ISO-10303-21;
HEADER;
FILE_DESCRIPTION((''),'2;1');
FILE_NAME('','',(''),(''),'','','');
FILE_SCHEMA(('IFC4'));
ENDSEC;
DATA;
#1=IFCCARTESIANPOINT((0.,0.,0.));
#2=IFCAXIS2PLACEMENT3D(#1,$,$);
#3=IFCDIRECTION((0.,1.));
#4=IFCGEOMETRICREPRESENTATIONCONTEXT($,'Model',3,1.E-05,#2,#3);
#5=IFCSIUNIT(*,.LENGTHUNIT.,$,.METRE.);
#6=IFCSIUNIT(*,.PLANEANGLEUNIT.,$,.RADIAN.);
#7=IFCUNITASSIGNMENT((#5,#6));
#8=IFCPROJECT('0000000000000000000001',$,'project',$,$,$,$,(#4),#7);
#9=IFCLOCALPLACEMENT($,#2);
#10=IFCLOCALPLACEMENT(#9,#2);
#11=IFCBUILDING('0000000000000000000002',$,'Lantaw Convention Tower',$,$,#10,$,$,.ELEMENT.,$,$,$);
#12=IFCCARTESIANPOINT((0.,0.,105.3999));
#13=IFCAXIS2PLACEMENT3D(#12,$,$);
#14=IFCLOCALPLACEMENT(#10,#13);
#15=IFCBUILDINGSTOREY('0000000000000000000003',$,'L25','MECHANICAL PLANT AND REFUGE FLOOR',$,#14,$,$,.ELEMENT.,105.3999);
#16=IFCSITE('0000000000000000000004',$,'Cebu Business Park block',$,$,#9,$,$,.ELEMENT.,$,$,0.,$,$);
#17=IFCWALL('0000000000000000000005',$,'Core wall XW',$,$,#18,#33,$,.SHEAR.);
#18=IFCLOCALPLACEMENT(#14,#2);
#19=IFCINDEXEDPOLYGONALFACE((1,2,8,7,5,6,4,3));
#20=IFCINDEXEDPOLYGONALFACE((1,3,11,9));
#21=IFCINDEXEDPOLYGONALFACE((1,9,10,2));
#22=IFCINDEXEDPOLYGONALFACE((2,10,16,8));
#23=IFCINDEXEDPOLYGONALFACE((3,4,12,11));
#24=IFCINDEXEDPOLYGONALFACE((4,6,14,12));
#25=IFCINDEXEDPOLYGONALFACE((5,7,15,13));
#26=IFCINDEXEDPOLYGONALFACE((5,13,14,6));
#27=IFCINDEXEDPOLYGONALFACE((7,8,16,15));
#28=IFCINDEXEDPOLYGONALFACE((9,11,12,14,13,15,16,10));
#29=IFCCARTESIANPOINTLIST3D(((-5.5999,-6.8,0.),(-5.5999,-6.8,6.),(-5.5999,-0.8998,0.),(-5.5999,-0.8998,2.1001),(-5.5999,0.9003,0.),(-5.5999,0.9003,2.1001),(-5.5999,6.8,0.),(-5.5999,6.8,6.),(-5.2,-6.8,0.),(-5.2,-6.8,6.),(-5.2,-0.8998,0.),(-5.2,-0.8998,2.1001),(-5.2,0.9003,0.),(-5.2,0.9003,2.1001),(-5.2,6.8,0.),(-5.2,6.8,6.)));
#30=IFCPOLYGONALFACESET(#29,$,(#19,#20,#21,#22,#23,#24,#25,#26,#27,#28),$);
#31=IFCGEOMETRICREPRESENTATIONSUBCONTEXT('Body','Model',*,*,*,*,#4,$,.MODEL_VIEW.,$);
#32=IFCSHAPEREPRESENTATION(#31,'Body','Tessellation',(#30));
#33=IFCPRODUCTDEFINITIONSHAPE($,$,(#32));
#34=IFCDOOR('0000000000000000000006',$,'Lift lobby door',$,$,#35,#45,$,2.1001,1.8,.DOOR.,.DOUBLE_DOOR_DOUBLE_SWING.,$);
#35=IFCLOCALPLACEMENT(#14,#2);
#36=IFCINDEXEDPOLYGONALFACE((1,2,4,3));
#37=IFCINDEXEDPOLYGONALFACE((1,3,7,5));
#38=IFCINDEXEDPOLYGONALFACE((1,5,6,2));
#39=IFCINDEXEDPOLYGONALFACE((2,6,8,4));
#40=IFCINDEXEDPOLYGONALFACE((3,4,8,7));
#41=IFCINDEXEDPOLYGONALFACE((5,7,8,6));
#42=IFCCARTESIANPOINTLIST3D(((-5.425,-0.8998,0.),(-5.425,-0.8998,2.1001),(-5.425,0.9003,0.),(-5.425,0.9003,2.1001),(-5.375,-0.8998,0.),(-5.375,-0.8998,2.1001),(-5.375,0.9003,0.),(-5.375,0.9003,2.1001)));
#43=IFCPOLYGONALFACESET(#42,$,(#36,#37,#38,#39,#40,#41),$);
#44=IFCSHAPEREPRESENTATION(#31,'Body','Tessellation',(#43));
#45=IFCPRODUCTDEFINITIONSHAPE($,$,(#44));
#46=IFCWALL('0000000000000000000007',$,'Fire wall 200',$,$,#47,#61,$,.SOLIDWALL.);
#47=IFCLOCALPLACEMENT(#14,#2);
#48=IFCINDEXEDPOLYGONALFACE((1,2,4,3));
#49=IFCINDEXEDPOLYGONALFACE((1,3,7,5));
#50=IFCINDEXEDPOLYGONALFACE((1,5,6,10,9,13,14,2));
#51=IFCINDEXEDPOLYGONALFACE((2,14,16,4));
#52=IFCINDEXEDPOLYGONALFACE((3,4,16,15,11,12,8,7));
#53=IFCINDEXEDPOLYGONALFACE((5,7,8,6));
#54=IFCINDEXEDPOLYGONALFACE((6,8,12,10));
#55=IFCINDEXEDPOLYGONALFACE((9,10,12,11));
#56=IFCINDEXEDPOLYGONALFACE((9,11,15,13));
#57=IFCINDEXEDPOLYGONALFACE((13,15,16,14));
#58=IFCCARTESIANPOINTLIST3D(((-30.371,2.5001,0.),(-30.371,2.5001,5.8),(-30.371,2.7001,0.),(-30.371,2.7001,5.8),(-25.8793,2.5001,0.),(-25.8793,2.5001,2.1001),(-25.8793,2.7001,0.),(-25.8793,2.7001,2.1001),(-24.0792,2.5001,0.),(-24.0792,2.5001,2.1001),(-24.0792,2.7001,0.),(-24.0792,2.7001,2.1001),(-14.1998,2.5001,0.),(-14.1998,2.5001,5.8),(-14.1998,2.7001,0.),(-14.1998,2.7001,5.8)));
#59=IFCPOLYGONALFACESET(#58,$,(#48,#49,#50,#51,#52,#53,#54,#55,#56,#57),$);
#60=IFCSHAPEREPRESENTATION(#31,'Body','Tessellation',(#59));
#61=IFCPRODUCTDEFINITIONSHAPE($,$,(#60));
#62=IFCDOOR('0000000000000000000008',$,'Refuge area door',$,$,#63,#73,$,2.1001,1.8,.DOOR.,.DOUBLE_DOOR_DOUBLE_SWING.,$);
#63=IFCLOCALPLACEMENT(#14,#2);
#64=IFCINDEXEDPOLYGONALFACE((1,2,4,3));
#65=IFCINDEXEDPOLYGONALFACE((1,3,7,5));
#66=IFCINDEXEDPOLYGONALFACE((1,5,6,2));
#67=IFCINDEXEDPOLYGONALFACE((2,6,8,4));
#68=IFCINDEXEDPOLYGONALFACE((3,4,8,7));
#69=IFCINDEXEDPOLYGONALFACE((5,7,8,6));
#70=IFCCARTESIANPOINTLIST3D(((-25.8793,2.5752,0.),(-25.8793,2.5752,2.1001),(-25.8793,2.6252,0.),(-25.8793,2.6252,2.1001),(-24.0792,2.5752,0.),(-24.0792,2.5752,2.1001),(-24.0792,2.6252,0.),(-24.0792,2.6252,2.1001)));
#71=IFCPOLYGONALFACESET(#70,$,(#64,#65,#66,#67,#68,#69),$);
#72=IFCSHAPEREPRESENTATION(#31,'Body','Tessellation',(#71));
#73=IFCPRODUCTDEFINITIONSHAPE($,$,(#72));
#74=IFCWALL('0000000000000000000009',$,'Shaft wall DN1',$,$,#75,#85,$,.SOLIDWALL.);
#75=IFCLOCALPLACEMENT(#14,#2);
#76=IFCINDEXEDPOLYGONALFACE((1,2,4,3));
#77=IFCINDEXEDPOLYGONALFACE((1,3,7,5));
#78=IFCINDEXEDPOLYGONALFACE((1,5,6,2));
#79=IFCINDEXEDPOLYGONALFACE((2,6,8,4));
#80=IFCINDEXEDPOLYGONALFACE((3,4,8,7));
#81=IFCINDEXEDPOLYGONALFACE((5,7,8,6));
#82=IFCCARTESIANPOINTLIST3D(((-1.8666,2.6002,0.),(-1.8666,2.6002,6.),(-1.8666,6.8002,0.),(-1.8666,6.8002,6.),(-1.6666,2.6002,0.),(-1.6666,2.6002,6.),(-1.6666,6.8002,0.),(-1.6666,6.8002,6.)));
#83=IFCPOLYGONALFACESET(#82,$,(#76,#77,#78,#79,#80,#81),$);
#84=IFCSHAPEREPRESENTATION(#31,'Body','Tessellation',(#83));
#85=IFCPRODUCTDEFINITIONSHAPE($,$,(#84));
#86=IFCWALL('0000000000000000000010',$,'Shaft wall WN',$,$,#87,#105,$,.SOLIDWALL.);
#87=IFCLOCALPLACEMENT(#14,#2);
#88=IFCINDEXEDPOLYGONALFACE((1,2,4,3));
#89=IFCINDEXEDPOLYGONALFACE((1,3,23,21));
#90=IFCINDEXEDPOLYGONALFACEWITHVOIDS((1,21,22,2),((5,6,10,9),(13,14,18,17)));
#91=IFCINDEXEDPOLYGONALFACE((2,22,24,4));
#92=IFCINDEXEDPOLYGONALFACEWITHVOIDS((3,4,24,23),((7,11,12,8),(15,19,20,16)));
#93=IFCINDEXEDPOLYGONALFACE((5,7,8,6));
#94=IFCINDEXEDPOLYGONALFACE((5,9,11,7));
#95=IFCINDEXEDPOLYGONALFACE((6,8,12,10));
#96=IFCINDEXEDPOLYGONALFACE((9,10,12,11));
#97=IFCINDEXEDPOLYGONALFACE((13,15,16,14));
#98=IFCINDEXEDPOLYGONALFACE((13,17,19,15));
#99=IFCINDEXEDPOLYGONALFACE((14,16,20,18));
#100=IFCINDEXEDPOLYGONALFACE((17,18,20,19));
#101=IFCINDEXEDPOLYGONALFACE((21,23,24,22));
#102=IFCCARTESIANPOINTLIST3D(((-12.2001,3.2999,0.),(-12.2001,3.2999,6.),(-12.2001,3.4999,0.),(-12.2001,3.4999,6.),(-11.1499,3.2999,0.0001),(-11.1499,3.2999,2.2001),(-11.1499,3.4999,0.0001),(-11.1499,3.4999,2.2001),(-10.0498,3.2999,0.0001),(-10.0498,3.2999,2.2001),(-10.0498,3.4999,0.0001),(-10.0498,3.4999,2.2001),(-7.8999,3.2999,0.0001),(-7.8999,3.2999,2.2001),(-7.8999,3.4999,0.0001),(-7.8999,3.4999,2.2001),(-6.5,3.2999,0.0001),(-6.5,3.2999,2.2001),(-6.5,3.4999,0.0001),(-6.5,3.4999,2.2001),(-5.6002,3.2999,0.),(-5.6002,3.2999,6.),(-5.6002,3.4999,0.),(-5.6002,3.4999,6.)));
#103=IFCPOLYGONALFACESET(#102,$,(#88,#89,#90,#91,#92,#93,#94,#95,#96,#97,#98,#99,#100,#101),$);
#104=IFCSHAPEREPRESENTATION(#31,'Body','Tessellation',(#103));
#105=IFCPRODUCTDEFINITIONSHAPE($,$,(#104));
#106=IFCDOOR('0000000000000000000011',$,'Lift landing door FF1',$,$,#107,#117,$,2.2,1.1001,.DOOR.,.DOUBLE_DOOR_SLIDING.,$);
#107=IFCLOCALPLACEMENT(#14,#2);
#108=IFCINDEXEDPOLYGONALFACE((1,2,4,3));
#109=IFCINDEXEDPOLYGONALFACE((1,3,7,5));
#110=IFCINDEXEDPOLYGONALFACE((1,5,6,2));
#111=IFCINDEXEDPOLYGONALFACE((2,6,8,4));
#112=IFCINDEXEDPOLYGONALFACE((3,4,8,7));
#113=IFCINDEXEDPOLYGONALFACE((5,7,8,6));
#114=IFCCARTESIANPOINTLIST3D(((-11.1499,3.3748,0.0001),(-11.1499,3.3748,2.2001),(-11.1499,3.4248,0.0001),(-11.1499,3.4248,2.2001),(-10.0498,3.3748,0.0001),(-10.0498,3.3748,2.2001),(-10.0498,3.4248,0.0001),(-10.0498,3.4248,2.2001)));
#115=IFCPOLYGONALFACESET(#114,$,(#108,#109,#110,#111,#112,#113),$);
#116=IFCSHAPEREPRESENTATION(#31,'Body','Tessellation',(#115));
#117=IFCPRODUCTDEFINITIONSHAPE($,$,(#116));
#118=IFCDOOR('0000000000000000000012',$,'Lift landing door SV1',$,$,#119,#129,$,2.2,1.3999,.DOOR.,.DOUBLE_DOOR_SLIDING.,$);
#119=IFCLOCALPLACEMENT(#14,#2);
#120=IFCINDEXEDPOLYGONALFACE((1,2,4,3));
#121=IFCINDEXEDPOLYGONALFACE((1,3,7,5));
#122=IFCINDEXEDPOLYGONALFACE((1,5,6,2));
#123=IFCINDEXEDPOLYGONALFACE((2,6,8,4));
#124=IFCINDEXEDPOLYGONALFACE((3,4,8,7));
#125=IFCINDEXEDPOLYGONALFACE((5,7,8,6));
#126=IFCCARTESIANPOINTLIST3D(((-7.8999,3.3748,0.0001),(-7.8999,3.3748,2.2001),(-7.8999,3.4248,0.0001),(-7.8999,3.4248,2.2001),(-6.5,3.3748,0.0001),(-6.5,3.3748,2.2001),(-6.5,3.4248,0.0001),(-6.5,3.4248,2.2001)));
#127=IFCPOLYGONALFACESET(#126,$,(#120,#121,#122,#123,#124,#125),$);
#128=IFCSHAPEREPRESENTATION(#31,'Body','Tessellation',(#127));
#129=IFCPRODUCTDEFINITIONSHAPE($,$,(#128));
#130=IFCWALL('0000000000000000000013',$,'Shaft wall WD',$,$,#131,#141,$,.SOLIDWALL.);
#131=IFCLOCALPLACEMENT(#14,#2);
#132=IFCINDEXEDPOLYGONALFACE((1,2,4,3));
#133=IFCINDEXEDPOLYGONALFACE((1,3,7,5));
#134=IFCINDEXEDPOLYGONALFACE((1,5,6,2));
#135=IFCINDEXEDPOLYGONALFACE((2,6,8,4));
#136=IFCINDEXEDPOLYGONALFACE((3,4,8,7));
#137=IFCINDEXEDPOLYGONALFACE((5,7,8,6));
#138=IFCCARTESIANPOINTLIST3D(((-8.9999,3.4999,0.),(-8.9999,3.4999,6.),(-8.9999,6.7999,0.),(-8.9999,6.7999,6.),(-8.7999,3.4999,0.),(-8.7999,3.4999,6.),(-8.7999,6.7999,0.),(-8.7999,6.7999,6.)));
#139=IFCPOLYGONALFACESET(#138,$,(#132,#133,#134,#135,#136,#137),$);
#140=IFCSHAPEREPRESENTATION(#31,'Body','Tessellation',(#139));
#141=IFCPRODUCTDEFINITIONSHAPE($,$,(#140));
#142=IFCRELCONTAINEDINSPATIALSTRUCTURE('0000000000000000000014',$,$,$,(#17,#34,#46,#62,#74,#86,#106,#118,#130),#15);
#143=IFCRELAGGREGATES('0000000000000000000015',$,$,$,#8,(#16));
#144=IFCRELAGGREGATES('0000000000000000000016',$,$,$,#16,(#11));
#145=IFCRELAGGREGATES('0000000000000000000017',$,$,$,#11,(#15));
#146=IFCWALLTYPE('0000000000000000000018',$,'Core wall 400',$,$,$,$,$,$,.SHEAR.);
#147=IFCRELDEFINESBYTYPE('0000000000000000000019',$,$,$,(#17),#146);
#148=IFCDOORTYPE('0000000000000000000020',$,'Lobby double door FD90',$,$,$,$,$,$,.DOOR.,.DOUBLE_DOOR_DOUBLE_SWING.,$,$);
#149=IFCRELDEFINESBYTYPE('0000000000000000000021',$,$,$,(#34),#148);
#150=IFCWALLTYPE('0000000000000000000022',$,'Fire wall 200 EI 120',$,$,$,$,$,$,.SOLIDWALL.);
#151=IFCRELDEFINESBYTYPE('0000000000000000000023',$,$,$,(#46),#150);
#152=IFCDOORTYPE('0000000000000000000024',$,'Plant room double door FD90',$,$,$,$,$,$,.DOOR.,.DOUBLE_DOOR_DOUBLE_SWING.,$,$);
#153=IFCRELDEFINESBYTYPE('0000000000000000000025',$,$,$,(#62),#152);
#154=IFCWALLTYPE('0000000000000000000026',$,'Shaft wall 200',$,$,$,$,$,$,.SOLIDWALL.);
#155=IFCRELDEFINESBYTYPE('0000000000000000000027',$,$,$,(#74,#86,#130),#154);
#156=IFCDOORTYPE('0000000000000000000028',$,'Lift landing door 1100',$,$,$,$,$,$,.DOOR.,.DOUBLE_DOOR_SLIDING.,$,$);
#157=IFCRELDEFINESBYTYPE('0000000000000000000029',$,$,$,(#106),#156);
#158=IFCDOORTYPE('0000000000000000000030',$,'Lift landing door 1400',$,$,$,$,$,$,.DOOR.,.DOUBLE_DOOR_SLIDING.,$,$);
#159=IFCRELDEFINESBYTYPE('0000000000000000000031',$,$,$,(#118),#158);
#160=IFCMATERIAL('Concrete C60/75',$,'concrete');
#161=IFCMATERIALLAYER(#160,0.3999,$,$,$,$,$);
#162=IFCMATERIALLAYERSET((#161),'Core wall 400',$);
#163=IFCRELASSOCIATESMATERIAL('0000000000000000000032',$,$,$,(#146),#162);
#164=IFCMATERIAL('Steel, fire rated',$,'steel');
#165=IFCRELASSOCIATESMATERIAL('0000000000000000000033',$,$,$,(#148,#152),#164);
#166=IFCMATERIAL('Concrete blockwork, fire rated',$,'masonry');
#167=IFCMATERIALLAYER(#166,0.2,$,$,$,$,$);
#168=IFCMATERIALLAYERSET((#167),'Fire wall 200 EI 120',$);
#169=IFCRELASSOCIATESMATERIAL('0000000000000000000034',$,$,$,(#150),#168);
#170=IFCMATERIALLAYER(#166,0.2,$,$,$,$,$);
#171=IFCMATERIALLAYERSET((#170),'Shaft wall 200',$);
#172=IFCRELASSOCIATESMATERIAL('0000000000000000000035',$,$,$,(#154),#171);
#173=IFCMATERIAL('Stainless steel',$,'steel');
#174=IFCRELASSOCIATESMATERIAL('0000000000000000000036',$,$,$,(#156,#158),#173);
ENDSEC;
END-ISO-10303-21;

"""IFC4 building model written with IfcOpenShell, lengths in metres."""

from ifc_helpers import new_model, si_unit, direction, frame, frame_2d, origin, place, context, subcontext, project, spatial, rectangle, extrude, material, layer, layer_set, type_object, element, fill, save


model = new_model("IFC4")

# Units and contexts
model_context = context("Model", 3, precision=1e-05, world=origin(), true_north=direction((0.0, 1.0)))
body_context = subcontext(model_context, "Body", "Model", "MODEL_VIEW")
ifc_project = project(units=[si_unit("LENGTHUNIT", "METRE"), si_unit("PLANEANGLEUNIT", "RADIAN")], contexts=[model_context])

# Site, building, storey
site_placement = place(None, origin())
site = spatial("IfcSite", under=ifc_project, at=site_placement, Name="Cebu Business Park block", CompositionType="ELEMENT", RefElevation=0.0)
building_placement = place(site_placement, origin())
building = spatial("IfcBuilding", under=site, at=building_placement, Name="Lantaw Convention Tower", CompositionType="ELEMENT")
storey_placement = place(building_placement, frame((0.0, 0.0, 105.3999)))
storey = spatial("IfcBuildingStorey", under=building, at=storey_placement, Name="L25", Description="MECHANICAL PLANT AND REFUGE FLOOR", CompositionType="ELEMENT", Elevation=105.3999)

# Walls, openings, doors
ifc_material_1 = material(Name="Concrete C60/75", Category="concrete")
ifc_layer_1 = layer(ifc_material_1, 0.3999)
ifc_layer_set_1 = layer_set([ifc_layer_1], Name="Core wall 400")
wall_type_1 = type_object("IfcWallType", Name="Core wall 400", PredefinedType="SHEAR", material=ifc_layer_set_1)
wall_1_placement = place(storey_placement, frame((-5.3999, 6.8, 0.0), z_axis=(0.0, 0.0, 1.0), x_axis=(0.0, -1.0, 0.0)))
wall_1 = element("IfcWall", 1, at=wall_1_placement, inside=storey, type_object=wall_type_1, Name="Core wall XW", PredefinedType="SHEAR", context=body_context, shape_type="SweptSolid", body=[
    extrude(rectangle(XDim=13.6001, YDim=0.3999, at=frame_2d((6.8, 0.0))), origin(), (0.0, 0.0, 1.0), 6.0),
])
opening_1_placement = place(wall_1_placement, frame((5.8999, 0.0, 0.0)))
opening_1 = element("IfcOpeningElement", 2, at=opening_1_placement, cuts=wall_1, PredefinedType="OPENING", context=body_context, shape_type="SweptSolid", body=[
    extrude(rectangle(XDim=1.8, YDim=2.1001, at=frame_2d((0.8999, 1.05))), frame((0.0, 0.21, 0.0), z_axis=(0.0, -1.0, 0.0), x_axis=(1.0, 0.0, 0.0)), (0.0, 0.0, 1.0), 0.4199),
])
ifc_material_2 = material(Name="Steel, fire rated", Category="steel")
door_type_1 = type_object("IfcDoorType", Name="Lobby double door FD90", OperationType="DOUBLE_DOOR_DOUBLE_SWING", PredefinedType="DOOR", material=ifc_material_2)
door_1_placement = place(opening_1_placement, origin())
door_1 = element("IfcDoor", 3, at=door_1_placement, inside=storey, type_object=door_type_1, Name="Lift lobby door", OperationType="DOUBLE_DOOR_DOUBLE_SWING", OverallHeight=2.1001, OverallWidth=1.8, PredefinedType="DOOR", context=body_context, shape_type="SweptSolid", body=[
    extrude(rectangle(XDim=1.8, YDim=2.1001, at=frame_2d((0.8999, 1.05))), frame((0.0, 0.0249, 0.0), z_axis=(0.0, -1.0, 0.0), x_axis=(1.0, 0.0, 0.0)), (0.0, 0.0, 1.0), 0.05),
])
fill(opening_1, door_1)
ifc_material_3 = material(Name="Concrete blockwork, fire rated", Category="masonry")
ifc_layer_2 = layer(ifc_material_3, 0.2)
ifc_layer_set_2 = layer_set([ifc_layer_2], Name="Fire wall 200 EI 120")
wall_type_2 = type_object("IfcWallType", Name="Fire wall 200 EI 120", PredefinedType="SOLIDWALL", material=ifc_layer_set_2)
wall_2_placement = place(storey_placement, frame((-14.2, 2.6001, 0.0), z_axis=(0.0, 0.0, 1.0), x_axis=(-1.0, 0.0, 0.0)))
wall_2 = element("IfcWall", 4, at=wall_2_placement, inside=storey, type_object=wall_type_2, Name="Fire wall 200", PredefinedType="SOLIDWALL", context=body_context, shape_type="SweptSolid", body=[
    extrude(rectangle(XDim=16.1711, YDim=0.2, at=frame_2d((8.0854, 0.0))), origin(), (0.0, 0.0, 1.0), 5.8),
])
opening_2_placement = place(wall_2_placement, frame((9.8794, 0.0, 0.0)))
opening_2 = element("IfcOpeningElement", 5, at=opening_2_placement, cuts=wall_2, PredefinedType="OPENING", context=body_context, shape_type="SweptSolid", body=[
    extrude(rectangle(XDim=1.8, YDim=2.1001, at=frame_2d((0.8999, 1.05))), frame((0.0, 0.1099, 0.0), z_axis=(0.0, -1.0, 0.0), x_axis=(1.0, 0.0, 0.0)), (0.0, 0.0, 1.0), 0.22),
])
door_type_2 = type_object("IfcDoorType", Name="Plant room double door FD90", OperationType="DOUBLE_DOOR_DOUBLE_SWING", PredefinedType="DOOR", material=ifc_material_2)
door_2_placement = place(opening_2_placement, origin())
door_2 = element("IfcDoor", 6, at=door_2_placement, inside=storey, type_object=door_type_2, Name="Refuge area door", OperationType="DOUBLE_DOOR_DOUBLE_SWING", OverallHeight=2.1001, OverallWidth=1.8, PredefinedType="DOOR", context=body_context, shape_type="SweptSolid", body=[
    extrude(rectangle(XDim=1.8, YDim=2.1001, at=frame_2d((0.8999, 1.05))), frame((0.0, 0.0249, 0.0), z_axis=(0.0, -1.0, 0.0), x_axis=(1.0, 0.0, 0.0)), (0.0, 0.0, 1.0), 0.05),
])
fill(opening_2, door_2)

# Wall
ifc_layer_3 = layer(ifc_material_3, 0.2)
ifc_layer_set_3 = layer_set([ifc_layer_3], Name="Shaft wall 200")
wall_type_3 = type_object("IfcWallType", Name="Shaft wall 200", PredefinedType="SOLIDWALL", material=ifc_layer_set_3)
wall_3_placement = place(storey_placement, frame((-1.7666, 2.6001, 0.0), z_axis=(0.0, 0.0, 1.0), x_axis=(0.0, 1.0, 0.0)))
element("IfcWall", 7, at=wall_3_placement, inside=storey, type_object=wall_type_3, Name="Shaft wall DN1", PredefinedType="SOLIDWALL", context=body_context, shape_type="SweptSolid", body=[
    extrude(rectangle(XDim=4.2, YDim=0.2, at=frame_2d((2.1001, 0.0))), origin(), (0.0, 0.0, 1.0), 6.0),
])

# Wall, openings, doors
wall_4_placement = place(storey_placement, frame((-12.2, 3.3999, 0.0), z_axis=(0.0, 0.0, 1.0), x_axis=(1.0, 0.0, 0.0)))
wall_4 = element("IfcWall", 8, at=wall_4_placement, inside=storey, type_object=wall_type_3, Name="Shaft wall WN", PredefinedType="SOLIDWALL", context=body_context, shape_type="SweptSolid", body=[
    extrude(rectangle(XDim=6.5999, YDim=0.2, at=frame_2d((3.2998, 0.0))), origin(), (0.0, 0.0, 1.0), 6.0),
])
opening_3_placement = place(wall_4_placement, frame((1.05, 0.0, 0.0)))
opening_3 = element("IfcOpeningElement", 9, at=opening_3_placement, cuts=wall_4, PredefinedType="OPENING", context=body_context, shape_type="SweptSolid", body=[
    extrude(rectangle(XDim=1.1001, YDim=2.2, at=frame_2d((0.55, 1.1001))), frame((0.0, 0.1099, 0.0), z_axis=(0.0, -1.0, 0.0), x_axis=(1.0, 0.0, 0.0)), (0.0, 0.0, 1.0), 0.22),
])
opening_4_placement = place(wall_4_placement, frame((4.3, 0.0, 0.0)))
opening_4 = element("IfcOpeningElement", 10, at=opening_4_placement, cuts=wall_4, PredefinedType="OPENING", context=body_context, shape_type="SweptSolid", body=[
    extrude(rectangle(XDim=1.3999, YDim=2.2, at=frame_2d((0.7, 1.1001))), frame((0.0, 0.1099, 0.0), z_axis=(0.0, -1.0, 0.0), x_axis=(1.0, 0.0, 0.0)), (0.0, 0.0, 1.0), 0.22),
])
ifc_material_4 = material(Name="Stainless steel", Category="steel")
door_type_3 = type_object("IfcDoorType", Name="Lift landing door 1100", OperationType="DOUBLE_DOOR_SLIDING", PredefinedType="DOOR", material=ifc_material_4)
door_3_placement = place(opening_3_placement, origin())
door_3 = element("IfcDoor", 11, at=door_3_placement, inside=storey, type_object=door_type_3, Name="Lift landing door FF1", OperationType="DOUBLE_DOOR_SLIDING", OverallHeight=2.2, OverallWidth=1.1001, PredefinedType="DOOR", context=body_context, shape_type="SweptSolid", body=[
    extrude(rectangle(XDim=1.1001, YDim=2.2, at=frame_2d((0.55, 1.1001))), frame((0.0, 0.0249, 0.0), z_axis=(0.0, -1.0, 0.0), x_axis=(1.0, 0.0, 0.0)), (0.0, 0.0, 1.0), 0.05),
])
fill(opening_3, door_3)
door_type_4 = type_object("IfcDoorType", Name="Lift landing door 1400", OperationType="DOUBLE_DOOR_SLIDING", PredefinedType="DOOR", material=ifc_material_4)
door_4_placement = place(opening_4_placement, origin())
door_4 = element("IfcDoor", 12, at=door_4_placement, inside=storey, type_object=door_type_4, Name="Lift landing door SV1", OperationType="DOUBLE_DOOR_SLIDING", OverallHeight=2.2, OverallWidth=1.3999, PredefinedType="DOOR", context=body_context, shape_type="SweptSolid", body=[
    extrude(rectangle(XDim=1.3999, YDim=2.2, at=frame_2d((0.7, 1.1001))), frame((0.0, 0.0249, 0.0), z_axis=(0.0, -1.0, 0.0), x_axis=(1.0, 0.0, 0.0)), (0.0, 0.0, 1.0), 0.05),
])
fill(opening_4, door_4)

# Wall
wall_5_placement = place(storey_placement, frame((-8.8999, 3.5, 0.0), z_axis=(0.0, 0.0, 1.0), x_axis=(0.0, 1.0, 0.0)))
element("IfcWall", 13, at=wall_5_placement, inside=storey, type_object=wall_type_3, Name="Shaft wall WD", PredefinedType="SOLIDWALL", context=body_context, shape_type="SweptSolid", body=[
    extrude(rectangle(XDim=3.3, YDim=0.2, at=frame_2d((1.6499, 0.0))), origin(), (0.0, 0.0, 1.0), 6.0),
])

save(model, "model.ifc")
